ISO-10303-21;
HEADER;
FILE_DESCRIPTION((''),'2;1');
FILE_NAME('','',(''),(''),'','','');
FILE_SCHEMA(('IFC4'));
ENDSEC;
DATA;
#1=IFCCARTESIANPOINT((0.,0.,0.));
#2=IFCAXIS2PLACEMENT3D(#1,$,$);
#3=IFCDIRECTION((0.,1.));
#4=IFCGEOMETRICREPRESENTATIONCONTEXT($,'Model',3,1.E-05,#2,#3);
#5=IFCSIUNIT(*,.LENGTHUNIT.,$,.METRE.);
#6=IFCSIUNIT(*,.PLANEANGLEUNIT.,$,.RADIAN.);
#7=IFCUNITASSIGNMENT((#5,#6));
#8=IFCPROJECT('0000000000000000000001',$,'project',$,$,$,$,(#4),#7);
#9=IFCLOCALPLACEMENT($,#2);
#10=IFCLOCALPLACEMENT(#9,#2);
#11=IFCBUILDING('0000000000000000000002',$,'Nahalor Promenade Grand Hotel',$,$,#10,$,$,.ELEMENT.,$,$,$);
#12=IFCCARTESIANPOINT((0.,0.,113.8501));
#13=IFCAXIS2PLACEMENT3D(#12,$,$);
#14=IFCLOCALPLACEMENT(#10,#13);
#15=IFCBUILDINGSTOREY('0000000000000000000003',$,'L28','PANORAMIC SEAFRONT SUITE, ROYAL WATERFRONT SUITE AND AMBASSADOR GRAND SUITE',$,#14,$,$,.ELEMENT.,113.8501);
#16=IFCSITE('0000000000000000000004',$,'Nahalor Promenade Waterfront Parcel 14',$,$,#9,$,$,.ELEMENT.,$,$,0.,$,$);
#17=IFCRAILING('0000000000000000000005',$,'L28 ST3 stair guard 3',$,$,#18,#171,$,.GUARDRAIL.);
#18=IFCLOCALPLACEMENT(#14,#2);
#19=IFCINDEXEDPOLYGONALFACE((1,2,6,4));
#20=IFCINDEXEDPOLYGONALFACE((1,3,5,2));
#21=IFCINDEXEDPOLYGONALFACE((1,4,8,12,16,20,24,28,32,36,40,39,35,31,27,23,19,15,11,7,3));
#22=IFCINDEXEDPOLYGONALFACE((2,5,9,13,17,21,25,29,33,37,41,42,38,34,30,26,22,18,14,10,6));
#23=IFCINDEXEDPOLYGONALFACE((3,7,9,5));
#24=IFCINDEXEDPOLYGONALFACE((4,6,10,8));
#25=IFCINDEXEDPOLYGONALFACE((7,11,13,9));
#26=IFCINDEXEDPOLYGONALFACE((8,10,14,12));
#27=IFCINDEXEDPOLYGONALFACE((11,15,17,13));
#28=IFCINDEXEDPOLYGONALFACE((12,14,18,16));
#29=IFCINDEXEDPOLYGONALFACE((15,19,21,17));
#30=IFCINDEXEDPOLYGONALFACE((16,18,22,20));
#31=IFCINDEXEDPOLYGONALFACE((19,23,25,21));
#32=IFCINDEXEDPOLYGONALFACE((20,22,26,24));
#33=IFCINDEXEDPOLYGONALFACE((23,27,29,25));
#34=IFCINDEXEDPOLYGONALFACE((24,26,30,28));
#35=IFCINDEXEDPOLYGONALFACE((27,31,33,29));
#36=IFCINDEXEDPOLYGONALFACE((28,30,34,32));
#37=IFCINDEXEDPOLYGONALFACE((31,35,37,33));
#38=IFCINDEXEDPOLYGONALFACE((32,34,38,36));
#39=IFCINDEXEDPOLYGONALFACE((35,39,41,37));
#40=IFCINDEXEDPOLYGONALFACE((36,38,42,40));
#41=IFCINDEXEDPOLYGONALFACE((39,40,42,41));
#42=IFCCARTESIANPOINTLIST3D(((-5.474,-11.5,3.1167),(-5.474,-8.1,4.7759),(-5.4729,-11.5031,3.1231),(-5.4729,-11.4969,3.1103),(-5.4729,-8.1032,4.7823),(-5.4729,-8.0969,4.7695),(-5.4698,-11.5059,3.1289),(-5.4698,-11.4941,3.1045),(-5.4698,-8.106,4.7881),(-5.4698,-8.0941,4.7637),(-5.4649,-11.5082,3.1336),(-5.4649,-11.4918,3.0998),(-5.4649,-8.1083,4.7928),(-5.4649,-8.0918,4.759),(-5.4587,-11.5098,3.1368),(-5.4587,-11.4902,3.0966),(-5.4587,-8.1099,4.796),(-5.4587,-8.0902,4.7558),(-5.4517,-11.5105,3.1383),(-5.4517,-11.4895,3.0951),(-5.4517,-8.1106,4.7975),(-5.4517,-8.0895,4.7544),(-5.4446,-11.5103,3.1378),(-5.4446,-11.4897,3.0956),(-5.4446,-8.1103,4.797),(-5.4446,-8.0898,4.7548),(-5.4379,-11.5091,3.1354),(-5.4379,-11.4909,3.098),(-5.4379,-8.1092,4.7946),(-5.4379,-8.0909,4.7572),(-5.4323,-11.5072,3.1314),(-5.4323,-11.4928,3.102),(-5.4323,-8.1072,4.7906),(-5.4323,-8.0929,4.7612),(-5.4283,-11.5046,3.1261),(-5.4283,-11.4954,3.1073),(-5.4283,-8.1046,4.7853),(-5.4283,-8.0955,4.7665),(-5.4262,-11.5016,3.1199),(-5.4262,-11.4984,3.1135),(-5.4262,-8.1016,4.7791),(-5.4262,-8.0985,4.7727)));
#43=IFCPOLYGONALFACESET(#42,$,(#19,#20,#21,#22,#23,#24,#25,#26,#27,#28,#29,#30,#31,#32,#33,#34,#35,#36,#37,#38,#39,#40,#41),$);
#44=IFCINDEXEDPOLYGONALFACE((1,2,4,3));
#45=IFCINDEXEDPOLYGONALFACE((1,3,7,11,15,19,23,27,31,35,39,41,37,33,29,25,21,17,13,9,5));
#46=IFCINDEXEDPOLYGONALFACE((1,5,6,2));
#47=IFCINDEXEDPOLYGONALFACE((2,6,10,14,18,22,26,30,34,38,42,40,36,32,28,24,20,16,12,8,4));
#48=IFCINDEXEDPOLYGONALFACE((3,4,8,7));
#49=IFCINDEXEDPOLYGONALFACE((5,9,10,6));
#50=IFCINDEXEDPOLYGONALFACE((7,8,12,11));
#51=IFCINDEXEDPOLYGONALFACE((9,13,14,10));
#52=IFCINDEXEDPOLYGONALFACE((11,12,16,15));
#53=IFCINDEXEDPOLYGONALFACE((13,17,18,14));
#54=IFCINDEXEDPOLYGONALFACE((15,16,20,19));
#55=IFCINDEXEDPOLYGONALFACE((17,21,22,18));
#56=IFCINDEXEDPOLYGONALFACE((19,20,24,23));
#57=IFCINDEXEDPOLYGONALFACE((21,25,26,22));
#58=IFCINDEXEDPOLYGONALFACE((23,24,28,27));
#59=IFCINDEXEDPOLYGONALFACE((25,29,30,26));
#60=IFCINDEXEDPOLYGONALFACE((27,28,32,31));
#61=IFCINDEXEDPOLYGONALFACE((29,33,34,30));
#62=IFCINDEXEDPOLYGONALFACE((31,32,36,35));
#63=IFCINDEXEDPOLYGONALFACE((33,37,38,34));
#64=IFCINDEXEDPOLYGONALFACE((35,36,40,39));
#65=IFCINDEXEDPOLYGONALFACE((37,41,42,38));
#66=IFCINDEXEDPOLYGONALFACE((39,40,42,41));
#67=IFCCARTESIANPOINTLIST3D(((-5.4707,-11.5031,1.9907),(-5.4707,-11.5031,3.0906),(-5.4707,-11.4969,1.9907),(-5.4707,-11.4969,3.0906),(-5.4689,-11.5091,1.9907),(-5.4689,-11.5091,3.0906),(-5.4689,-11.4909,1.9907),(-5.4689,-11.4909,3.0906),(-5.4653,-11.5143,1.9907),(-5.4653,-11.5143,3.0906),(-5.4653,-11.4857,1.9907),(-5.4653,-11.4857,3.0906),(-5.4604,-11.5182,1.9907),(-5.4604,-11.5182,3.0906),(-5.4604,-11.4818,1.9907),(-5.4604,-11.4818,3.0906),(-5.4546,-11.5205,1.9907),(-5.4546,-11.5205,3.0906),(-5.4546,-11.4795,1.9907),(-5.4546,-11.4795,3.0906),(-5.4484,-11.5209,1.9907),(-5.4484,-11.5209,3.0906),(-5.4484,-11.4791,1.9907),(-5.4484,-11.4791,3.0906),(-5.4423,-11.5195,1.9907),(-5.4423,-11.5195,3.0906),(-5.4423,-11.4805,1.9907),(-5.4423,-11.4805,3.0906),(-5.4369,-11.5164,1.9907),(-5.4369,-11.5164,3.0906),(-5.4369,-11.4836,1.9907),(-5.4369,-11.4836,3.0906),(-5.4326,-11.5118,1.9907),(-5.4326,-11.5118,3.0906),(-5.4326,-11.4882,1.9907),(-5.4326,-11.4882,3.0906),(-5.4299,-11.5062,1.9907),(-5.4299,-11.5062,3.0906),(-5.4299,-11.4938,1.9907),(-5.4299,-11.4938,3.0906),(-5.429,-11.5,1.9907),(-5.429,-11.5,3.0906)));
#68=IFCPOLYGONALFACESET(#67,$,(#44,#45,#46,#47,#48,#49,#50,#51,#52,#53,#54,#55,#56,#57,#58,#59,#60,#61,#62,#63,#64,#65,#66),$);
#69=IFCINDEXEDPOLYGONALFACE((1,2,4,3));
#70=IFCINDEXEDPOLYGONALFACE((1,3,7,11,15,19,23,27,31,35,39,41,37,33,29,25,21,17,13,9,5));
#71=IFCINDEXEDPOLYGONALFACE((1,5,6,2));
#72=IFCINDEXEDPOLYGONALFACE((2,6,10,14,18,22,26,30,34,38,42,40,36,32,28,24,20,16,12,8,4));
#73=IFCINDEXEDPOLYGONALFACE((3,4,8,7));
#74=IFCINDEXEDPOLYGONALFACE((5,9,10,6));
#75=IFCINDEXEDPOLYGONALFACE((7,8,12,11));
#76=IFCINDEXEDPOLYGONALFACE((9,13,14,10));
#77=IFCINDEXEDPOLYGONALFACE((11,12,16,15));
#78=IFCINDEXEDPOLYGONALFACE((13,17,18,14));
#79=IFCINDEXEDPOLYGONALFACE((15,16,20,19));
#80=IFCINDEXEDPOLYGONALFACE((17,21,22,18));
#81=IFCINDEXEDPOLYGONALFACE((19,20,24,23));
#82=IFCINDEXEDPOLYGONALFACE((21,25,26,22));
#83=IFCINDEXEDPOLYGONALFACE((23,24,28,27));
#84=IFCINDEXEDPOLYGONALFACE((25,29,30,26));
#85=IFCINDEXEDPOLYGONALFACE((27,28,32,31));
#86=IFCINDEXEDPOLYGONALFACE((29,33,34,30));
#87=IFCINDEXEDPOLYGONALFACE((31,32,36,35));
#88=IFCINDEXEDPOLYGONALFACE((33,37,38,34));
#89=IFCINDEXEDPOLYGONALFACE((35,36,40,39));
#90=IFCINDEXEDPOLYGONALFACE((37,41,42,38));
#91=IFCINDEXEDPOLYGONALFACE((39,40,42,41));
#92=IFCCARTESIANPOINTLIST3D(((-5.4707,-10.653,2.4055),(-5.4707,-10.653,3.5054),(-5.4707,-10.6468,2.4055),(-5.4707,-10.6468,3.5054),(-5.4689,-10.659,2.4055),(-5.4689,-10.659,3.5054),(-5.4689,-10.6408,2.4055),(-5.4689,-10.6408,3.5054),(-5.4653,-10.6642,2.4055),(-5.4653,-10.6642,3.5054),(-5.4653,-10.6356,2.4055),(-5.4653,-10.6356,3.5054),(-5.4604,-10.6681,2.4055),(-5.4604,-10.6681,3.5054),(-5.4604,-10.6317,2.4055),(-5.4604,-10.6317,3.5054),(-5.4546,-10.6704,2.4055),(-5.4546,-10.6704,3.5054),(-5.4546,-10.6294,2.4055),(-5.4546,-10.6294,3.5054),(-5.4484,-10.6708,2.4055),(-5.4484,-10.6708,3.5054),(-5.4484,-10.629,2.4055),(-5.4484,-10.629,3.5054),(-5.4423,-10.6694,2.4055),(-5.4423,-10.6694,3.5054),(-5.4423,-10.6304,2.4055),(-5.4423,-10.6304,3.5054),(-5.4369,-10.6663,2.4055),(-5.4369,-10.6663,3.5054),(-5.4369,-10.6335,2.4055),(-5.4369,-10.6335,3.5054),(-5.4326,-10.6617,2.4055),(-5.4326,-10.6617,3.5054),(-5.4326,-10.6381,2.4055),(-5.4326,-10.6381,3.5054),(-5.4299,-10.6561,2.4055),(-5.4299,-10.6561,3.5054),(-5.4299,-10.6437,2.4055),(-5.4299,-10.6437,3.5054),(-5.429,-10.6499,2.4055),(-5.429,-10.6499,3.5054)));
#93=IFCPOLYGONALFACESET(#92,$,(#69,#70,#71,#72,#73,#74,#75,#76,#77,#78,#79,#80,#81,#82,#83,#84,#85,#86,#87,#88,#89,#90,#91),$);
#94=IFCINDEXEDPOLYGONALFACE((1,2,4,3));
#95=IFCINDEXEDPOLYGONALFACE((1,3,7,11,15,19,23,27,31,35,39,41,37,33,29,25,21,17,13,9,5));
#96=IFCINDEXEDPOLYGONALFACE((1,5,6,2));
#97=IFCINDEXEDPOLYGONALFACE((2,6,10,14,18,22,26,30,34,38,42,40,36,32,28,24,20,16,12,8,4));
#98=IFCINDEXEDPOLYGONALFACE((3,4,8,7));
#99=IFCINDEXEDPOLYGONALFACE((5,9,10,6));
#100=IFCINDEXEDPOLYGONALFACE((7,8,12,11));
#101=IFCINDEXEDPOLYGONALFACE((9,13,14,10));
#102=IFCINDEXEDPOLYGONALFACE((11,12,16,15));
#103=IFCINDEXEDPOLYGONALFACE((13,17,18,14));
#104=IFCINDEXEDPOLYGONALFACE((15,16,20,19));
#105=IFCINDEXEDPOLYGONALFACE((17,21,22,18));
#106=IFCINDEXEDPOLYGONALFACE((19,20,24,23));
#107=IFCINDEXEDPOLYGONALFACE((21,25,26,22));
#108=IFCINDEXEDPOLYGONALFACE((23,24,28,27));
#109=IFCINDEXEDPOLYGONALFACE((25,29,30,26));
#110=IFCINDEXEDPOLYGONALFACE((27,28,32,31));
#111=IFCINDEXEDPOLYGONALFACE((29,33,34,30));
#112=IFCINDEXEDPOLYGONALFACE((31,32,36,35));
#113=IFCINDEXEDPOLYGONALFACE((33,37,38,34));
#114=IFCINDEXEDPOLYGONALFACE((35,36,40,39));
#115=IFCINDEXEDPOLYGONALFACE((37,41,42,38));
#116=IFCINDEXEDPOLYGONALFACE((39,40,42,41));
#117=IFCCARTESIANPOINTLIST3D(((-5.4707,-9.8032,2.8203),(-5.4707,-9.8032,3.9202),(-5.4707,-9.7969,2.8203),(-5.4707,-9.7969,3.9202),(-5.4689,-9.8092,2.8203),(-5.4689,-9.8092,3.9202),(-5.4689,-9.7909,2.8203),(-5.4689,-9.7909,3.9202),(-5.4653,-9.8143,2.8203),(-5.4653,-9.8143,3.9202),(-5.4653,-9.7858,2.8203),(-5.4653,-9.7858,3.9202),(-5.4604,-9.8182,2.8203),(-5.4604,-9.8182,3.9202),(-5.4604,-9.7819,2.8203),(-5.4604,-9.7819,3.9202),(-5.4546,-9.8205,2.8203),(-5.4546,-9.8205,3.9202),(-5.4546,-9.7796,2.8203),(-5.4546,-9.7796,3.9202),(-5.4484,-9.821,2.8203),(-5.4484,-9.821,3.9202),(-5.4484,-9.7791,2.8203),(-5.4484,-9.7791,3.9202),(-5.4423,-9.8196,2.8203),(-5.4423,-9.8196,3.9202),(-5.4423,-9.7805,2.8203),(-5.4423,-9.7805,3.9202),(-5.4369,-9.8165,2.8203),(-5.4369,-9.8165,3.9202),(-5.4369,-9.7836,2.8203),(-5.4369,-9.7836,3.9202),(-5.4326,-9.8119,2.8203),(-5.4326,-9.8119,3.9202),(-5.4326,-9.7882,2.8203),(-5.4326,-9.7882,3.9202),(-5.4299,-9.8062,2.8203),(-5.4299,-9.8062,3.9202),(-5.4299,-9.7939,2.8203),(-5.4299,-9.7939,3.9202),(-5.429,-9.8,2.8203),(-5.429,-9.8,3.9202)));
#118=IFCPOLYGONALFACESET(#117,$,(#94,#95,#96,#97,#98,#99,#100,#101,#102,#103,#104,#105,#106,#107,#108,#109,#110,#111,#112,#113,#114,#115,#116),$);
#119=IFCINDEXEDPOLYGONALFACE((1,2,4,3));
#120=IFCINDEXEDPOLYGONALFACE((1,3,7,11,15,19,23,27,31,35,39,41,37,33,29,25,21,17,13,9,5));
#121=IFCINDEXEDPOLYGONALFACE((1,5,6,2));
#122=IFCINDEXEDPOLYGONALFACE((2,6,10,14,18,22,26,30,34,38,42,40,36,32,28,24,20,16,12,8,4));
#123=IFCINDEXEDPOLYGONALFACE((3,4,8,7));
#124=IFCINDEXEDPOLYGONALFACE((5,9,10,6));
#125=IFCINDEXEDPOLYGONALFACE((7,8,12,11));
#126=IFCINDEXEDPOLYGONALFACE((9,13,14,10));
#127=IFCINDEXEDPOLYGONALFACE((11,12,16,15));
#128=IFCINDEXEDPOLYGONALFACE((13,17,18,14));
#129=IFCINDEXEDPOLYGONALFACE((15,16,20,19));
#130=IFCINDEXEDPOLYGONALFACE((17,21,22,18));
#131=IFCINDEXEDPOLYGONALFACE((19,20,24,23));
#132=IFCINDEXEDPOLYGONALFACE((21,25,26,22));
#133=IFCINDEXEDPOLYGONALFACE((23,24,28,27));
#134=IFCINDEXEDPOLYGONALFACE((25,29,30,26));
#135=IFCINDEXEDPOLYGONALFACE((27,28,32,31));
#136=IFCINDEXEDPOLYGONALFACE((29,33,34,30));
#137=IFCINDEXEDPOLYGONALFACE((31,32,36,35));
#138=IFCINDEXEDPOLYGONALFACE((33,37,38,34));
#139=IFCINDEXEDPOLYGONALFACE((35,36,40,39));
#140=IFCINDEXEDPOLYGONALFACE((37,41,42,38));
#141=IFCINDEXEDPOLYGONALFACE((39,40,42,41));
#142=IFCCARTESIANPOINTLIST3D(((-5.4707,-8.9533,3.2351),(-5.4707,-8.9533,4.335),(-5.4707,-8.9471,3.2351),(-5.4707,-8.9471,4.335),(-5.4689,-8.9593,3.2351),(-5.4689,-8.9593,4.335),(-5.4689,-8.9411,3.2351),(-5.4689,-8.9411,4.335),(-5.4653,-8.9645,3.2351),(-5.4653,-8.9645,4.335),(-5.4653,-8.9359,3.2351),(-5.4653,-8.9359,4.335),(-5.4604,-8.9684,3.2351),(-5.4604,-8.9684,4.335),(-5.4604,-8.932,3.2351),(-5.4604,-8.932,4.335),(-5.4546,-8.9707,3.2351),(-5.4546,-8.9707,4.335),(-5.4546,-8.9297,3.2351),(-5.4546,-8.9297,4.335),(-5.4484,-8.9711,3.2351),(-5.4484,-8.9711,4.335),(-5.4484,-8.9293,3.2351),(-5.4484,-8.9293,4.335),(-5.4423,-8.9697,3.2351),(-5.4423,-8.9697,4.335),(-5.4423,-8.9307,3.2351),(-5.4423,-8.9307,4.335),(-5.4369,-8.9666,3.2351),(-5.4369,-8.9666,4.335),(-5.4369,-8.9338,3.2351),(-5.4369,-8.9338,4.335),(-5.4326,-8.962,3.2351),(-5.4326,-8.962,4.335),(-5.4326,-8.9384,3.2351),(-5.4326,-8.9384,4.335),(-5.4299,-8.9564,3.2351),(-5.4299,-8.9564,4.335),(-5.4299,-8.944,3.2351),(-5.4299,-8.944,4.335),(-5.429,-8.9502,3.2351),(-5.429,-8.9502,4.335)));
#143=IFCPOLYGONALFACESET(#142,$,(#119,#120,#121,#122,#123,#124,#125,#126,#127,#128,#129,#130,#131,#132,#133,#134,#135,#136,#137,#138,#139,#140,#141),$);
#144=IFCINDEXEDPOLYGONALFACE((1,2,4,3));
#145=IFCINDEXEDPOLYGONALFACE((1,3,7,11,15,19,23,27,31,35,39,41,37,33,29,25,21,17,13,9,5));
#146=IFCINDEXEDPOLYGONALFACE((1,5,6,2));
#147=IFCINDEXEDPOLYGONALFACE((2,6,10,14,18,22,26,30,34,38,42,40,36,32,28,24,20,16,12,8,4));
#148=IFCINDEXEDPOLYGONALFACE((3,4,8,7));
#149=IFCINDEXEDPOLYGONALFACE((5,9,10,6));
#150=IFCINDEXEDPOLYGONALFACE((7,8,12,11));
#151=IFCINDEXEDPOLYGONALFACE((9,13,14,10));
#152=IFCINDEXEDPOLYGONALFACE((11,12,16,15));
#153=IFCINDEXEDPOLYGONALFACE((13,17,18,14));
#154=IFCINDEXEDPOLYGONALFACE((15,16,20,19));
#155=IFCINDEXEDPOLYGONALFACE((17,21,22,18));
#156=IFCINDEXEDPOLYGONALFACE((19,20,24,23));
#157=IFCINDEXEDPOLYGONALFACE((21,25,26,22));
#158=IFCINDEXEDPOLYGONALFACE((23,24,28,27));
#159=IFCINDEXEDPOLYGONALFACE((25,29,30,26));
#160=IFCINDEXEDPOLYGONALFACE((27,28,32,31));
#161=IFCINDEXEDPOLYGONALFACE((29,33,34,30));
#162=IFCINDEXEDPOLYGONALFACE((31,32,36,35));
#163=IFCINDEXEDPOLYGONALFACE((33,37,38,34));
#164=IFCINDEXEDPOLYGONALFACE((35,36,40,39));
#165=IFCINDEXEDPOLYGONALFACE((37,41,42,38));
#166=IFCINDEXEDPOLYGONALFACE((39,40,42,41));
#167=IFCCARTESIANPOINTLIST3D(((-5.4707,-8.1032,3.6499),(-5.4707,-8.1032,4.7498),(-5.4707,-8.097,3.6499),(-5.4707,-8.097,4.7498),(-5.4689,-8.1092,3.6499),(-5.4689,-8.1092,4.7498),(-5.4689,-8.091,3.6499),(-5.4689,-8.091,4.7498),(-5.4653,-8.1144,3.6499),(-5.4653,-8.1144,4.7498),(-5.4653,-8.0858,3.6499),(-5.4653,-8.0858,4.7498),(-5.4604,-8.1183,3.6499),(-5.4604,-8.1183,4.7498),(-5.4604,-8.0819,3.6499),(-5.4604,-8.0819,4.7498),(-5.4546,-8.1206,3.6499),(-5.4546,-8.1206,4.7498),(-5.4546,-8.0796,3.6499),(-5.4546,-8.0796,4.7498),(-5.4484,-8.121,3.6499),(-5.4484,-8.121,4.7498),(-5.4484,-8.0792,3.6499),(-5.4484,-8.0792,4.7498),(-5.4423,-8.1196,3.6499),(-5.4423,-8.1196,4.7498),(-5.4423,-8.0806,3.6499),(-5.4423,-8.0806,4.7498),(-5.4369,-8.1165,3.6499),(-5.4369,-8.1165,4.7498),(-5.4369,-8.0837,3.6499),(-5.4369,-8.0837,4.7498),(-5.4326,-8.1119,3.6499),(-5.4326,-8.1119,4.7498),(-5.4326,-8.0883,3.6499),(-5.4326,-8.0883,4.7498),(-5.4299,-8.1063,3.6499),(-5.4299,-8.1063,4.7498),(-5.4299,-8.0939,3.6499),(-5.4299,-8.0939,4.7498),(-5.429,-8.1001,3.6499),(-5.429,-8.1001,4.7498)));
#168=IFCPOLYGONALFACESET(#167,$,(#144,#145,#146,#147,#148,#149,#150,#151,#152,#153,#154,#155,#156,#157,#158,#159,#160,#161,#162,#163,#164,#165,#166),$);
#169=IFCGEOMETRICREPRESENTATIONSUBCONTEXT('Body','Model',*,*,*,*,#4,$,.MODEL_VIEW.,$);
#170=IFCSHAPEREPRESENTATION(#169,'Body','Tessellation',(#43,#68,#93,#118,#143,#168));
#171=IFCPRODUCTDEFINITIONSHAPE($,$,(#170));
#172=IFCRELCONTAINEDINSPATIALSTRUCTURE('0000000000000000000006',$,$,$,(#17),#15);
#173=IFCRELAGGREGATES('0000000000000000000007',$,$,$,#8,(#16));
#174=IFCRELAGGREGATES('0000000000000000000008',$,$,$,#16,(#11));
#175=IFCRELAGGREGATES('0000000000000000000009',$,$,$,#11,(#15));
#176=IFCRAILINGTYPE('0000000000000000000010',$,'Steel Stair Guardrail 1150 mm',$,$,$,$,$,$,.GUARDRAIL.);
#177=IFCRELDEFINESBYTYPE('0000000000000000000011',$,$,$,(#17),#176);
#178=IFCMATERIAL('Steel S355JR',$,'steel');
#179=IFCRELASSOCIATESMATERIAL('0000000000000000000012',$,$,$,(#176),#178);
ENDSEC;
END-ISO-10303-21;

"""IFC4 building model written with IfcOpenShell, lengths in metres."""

from ifc_helpers import new_model, si_unit, direction, frame, origin, origin_2d, place, context, subcontext, project, spatial, circle, extrude, material, type_object, element, save


model = new_model("IFC4")

# Units and contexts
model_context = context("Model", 3, precision=1e-05, world=origin(), true_north=direction((0.0, 1.0)))
body_context = subcontext(model_context, "Body", "Model", "MODEL_VIEW")
ifc_project = project(units=[si_unit("LENGTHUNIT", "METRE"), si_unit("PLANEANGLEUNIT", "RADIAN")], contexts=[model_context])

# Site, building, storey
site_placement = place(None, origin())
site = spatial("IfcSite", under=ifc_project, at=site_placement, Name="Nahalor Promenade Waterfront Parcel 14", CompositionType="ELEMENT", RefElevation=0.0)
building_placement = place(site_placement, origin())
building = spatial("IfcBuilding", under=site, at=building_placement, Name="Nahalor Promenade Grand Hotel", CompositionType="ELEMENT")
storey_placement = place(building_placement, frame((0.0, 0.0, 113.8501)))
storey = spatial("IfcBuildingStorey", under=building, at=storey_placement, Name="L28", Description="PANORAMIC SEAFRONT SUITE, ROYAL WATERFRONT SUITE AND AMBASSADOR GRAND SUITE", CompositionType="ELEMENT", Elevation=113.8501)

# Shared definitions
ifc_material_1 = material(Name="Steel S355JR", Category="steel")

# Railing
railing_type_1 = type_object("IfcRailingType", Name="Steel Stair Guardrail 1150 mm", PredefinedType="GUARDRAIL", material=ifc_material_1)
railing_1_placement = place(storey_placement, frame((-5.45, -11.5, 1.9907)))
element("IfcRailing", 1, at=railing_1_placement, inside=storey, type_object=railing_type_1, Name="L28 ST3 stair guard 3", PredefinedType="GUARDRAIL", context=body_context, shape_type="SweptSolid", body=[
    extrude(circle(Radius=0.024, at=origin_2d()), frame((0.0, 0.0, 1.126), z_axis=(0.0, 0.898696, 0.438571), x_axis=(-1.0, 0.0, 0.0)), (0.0, 0.0, 1.0), 3.7832),
    extrude(circle(Radius=0.021, at=origin_2d()), origin(), (0.0, 0.0, 1.0), 1.0999),
    extrude(circle(Radius=0.021, at=origin_2d()), frame((0.0, 0.8501, 0.4148)), (0.0, 0.0, 1.0), 1.0999),
    extrude(circle(Radius=0.021, at=origin_2d()), frame((0.0, 1.7, 0.8296)), (0.0, 0.0, 1.0), 1.0999),
    extrude(circle(Radius=0.021, at=origin_2d()), frame((0.0, 2.5498, 1.2444)), (0.0, 0.0, 1.0), 1.0999),
    extrude(circle(Radius=0.021, at=origin_2d()), frame((0.0, 3.3999, 1.6592)), (0.0, 0.0, 1.0), 1.0999),
])

save(model, "model.ifc")
